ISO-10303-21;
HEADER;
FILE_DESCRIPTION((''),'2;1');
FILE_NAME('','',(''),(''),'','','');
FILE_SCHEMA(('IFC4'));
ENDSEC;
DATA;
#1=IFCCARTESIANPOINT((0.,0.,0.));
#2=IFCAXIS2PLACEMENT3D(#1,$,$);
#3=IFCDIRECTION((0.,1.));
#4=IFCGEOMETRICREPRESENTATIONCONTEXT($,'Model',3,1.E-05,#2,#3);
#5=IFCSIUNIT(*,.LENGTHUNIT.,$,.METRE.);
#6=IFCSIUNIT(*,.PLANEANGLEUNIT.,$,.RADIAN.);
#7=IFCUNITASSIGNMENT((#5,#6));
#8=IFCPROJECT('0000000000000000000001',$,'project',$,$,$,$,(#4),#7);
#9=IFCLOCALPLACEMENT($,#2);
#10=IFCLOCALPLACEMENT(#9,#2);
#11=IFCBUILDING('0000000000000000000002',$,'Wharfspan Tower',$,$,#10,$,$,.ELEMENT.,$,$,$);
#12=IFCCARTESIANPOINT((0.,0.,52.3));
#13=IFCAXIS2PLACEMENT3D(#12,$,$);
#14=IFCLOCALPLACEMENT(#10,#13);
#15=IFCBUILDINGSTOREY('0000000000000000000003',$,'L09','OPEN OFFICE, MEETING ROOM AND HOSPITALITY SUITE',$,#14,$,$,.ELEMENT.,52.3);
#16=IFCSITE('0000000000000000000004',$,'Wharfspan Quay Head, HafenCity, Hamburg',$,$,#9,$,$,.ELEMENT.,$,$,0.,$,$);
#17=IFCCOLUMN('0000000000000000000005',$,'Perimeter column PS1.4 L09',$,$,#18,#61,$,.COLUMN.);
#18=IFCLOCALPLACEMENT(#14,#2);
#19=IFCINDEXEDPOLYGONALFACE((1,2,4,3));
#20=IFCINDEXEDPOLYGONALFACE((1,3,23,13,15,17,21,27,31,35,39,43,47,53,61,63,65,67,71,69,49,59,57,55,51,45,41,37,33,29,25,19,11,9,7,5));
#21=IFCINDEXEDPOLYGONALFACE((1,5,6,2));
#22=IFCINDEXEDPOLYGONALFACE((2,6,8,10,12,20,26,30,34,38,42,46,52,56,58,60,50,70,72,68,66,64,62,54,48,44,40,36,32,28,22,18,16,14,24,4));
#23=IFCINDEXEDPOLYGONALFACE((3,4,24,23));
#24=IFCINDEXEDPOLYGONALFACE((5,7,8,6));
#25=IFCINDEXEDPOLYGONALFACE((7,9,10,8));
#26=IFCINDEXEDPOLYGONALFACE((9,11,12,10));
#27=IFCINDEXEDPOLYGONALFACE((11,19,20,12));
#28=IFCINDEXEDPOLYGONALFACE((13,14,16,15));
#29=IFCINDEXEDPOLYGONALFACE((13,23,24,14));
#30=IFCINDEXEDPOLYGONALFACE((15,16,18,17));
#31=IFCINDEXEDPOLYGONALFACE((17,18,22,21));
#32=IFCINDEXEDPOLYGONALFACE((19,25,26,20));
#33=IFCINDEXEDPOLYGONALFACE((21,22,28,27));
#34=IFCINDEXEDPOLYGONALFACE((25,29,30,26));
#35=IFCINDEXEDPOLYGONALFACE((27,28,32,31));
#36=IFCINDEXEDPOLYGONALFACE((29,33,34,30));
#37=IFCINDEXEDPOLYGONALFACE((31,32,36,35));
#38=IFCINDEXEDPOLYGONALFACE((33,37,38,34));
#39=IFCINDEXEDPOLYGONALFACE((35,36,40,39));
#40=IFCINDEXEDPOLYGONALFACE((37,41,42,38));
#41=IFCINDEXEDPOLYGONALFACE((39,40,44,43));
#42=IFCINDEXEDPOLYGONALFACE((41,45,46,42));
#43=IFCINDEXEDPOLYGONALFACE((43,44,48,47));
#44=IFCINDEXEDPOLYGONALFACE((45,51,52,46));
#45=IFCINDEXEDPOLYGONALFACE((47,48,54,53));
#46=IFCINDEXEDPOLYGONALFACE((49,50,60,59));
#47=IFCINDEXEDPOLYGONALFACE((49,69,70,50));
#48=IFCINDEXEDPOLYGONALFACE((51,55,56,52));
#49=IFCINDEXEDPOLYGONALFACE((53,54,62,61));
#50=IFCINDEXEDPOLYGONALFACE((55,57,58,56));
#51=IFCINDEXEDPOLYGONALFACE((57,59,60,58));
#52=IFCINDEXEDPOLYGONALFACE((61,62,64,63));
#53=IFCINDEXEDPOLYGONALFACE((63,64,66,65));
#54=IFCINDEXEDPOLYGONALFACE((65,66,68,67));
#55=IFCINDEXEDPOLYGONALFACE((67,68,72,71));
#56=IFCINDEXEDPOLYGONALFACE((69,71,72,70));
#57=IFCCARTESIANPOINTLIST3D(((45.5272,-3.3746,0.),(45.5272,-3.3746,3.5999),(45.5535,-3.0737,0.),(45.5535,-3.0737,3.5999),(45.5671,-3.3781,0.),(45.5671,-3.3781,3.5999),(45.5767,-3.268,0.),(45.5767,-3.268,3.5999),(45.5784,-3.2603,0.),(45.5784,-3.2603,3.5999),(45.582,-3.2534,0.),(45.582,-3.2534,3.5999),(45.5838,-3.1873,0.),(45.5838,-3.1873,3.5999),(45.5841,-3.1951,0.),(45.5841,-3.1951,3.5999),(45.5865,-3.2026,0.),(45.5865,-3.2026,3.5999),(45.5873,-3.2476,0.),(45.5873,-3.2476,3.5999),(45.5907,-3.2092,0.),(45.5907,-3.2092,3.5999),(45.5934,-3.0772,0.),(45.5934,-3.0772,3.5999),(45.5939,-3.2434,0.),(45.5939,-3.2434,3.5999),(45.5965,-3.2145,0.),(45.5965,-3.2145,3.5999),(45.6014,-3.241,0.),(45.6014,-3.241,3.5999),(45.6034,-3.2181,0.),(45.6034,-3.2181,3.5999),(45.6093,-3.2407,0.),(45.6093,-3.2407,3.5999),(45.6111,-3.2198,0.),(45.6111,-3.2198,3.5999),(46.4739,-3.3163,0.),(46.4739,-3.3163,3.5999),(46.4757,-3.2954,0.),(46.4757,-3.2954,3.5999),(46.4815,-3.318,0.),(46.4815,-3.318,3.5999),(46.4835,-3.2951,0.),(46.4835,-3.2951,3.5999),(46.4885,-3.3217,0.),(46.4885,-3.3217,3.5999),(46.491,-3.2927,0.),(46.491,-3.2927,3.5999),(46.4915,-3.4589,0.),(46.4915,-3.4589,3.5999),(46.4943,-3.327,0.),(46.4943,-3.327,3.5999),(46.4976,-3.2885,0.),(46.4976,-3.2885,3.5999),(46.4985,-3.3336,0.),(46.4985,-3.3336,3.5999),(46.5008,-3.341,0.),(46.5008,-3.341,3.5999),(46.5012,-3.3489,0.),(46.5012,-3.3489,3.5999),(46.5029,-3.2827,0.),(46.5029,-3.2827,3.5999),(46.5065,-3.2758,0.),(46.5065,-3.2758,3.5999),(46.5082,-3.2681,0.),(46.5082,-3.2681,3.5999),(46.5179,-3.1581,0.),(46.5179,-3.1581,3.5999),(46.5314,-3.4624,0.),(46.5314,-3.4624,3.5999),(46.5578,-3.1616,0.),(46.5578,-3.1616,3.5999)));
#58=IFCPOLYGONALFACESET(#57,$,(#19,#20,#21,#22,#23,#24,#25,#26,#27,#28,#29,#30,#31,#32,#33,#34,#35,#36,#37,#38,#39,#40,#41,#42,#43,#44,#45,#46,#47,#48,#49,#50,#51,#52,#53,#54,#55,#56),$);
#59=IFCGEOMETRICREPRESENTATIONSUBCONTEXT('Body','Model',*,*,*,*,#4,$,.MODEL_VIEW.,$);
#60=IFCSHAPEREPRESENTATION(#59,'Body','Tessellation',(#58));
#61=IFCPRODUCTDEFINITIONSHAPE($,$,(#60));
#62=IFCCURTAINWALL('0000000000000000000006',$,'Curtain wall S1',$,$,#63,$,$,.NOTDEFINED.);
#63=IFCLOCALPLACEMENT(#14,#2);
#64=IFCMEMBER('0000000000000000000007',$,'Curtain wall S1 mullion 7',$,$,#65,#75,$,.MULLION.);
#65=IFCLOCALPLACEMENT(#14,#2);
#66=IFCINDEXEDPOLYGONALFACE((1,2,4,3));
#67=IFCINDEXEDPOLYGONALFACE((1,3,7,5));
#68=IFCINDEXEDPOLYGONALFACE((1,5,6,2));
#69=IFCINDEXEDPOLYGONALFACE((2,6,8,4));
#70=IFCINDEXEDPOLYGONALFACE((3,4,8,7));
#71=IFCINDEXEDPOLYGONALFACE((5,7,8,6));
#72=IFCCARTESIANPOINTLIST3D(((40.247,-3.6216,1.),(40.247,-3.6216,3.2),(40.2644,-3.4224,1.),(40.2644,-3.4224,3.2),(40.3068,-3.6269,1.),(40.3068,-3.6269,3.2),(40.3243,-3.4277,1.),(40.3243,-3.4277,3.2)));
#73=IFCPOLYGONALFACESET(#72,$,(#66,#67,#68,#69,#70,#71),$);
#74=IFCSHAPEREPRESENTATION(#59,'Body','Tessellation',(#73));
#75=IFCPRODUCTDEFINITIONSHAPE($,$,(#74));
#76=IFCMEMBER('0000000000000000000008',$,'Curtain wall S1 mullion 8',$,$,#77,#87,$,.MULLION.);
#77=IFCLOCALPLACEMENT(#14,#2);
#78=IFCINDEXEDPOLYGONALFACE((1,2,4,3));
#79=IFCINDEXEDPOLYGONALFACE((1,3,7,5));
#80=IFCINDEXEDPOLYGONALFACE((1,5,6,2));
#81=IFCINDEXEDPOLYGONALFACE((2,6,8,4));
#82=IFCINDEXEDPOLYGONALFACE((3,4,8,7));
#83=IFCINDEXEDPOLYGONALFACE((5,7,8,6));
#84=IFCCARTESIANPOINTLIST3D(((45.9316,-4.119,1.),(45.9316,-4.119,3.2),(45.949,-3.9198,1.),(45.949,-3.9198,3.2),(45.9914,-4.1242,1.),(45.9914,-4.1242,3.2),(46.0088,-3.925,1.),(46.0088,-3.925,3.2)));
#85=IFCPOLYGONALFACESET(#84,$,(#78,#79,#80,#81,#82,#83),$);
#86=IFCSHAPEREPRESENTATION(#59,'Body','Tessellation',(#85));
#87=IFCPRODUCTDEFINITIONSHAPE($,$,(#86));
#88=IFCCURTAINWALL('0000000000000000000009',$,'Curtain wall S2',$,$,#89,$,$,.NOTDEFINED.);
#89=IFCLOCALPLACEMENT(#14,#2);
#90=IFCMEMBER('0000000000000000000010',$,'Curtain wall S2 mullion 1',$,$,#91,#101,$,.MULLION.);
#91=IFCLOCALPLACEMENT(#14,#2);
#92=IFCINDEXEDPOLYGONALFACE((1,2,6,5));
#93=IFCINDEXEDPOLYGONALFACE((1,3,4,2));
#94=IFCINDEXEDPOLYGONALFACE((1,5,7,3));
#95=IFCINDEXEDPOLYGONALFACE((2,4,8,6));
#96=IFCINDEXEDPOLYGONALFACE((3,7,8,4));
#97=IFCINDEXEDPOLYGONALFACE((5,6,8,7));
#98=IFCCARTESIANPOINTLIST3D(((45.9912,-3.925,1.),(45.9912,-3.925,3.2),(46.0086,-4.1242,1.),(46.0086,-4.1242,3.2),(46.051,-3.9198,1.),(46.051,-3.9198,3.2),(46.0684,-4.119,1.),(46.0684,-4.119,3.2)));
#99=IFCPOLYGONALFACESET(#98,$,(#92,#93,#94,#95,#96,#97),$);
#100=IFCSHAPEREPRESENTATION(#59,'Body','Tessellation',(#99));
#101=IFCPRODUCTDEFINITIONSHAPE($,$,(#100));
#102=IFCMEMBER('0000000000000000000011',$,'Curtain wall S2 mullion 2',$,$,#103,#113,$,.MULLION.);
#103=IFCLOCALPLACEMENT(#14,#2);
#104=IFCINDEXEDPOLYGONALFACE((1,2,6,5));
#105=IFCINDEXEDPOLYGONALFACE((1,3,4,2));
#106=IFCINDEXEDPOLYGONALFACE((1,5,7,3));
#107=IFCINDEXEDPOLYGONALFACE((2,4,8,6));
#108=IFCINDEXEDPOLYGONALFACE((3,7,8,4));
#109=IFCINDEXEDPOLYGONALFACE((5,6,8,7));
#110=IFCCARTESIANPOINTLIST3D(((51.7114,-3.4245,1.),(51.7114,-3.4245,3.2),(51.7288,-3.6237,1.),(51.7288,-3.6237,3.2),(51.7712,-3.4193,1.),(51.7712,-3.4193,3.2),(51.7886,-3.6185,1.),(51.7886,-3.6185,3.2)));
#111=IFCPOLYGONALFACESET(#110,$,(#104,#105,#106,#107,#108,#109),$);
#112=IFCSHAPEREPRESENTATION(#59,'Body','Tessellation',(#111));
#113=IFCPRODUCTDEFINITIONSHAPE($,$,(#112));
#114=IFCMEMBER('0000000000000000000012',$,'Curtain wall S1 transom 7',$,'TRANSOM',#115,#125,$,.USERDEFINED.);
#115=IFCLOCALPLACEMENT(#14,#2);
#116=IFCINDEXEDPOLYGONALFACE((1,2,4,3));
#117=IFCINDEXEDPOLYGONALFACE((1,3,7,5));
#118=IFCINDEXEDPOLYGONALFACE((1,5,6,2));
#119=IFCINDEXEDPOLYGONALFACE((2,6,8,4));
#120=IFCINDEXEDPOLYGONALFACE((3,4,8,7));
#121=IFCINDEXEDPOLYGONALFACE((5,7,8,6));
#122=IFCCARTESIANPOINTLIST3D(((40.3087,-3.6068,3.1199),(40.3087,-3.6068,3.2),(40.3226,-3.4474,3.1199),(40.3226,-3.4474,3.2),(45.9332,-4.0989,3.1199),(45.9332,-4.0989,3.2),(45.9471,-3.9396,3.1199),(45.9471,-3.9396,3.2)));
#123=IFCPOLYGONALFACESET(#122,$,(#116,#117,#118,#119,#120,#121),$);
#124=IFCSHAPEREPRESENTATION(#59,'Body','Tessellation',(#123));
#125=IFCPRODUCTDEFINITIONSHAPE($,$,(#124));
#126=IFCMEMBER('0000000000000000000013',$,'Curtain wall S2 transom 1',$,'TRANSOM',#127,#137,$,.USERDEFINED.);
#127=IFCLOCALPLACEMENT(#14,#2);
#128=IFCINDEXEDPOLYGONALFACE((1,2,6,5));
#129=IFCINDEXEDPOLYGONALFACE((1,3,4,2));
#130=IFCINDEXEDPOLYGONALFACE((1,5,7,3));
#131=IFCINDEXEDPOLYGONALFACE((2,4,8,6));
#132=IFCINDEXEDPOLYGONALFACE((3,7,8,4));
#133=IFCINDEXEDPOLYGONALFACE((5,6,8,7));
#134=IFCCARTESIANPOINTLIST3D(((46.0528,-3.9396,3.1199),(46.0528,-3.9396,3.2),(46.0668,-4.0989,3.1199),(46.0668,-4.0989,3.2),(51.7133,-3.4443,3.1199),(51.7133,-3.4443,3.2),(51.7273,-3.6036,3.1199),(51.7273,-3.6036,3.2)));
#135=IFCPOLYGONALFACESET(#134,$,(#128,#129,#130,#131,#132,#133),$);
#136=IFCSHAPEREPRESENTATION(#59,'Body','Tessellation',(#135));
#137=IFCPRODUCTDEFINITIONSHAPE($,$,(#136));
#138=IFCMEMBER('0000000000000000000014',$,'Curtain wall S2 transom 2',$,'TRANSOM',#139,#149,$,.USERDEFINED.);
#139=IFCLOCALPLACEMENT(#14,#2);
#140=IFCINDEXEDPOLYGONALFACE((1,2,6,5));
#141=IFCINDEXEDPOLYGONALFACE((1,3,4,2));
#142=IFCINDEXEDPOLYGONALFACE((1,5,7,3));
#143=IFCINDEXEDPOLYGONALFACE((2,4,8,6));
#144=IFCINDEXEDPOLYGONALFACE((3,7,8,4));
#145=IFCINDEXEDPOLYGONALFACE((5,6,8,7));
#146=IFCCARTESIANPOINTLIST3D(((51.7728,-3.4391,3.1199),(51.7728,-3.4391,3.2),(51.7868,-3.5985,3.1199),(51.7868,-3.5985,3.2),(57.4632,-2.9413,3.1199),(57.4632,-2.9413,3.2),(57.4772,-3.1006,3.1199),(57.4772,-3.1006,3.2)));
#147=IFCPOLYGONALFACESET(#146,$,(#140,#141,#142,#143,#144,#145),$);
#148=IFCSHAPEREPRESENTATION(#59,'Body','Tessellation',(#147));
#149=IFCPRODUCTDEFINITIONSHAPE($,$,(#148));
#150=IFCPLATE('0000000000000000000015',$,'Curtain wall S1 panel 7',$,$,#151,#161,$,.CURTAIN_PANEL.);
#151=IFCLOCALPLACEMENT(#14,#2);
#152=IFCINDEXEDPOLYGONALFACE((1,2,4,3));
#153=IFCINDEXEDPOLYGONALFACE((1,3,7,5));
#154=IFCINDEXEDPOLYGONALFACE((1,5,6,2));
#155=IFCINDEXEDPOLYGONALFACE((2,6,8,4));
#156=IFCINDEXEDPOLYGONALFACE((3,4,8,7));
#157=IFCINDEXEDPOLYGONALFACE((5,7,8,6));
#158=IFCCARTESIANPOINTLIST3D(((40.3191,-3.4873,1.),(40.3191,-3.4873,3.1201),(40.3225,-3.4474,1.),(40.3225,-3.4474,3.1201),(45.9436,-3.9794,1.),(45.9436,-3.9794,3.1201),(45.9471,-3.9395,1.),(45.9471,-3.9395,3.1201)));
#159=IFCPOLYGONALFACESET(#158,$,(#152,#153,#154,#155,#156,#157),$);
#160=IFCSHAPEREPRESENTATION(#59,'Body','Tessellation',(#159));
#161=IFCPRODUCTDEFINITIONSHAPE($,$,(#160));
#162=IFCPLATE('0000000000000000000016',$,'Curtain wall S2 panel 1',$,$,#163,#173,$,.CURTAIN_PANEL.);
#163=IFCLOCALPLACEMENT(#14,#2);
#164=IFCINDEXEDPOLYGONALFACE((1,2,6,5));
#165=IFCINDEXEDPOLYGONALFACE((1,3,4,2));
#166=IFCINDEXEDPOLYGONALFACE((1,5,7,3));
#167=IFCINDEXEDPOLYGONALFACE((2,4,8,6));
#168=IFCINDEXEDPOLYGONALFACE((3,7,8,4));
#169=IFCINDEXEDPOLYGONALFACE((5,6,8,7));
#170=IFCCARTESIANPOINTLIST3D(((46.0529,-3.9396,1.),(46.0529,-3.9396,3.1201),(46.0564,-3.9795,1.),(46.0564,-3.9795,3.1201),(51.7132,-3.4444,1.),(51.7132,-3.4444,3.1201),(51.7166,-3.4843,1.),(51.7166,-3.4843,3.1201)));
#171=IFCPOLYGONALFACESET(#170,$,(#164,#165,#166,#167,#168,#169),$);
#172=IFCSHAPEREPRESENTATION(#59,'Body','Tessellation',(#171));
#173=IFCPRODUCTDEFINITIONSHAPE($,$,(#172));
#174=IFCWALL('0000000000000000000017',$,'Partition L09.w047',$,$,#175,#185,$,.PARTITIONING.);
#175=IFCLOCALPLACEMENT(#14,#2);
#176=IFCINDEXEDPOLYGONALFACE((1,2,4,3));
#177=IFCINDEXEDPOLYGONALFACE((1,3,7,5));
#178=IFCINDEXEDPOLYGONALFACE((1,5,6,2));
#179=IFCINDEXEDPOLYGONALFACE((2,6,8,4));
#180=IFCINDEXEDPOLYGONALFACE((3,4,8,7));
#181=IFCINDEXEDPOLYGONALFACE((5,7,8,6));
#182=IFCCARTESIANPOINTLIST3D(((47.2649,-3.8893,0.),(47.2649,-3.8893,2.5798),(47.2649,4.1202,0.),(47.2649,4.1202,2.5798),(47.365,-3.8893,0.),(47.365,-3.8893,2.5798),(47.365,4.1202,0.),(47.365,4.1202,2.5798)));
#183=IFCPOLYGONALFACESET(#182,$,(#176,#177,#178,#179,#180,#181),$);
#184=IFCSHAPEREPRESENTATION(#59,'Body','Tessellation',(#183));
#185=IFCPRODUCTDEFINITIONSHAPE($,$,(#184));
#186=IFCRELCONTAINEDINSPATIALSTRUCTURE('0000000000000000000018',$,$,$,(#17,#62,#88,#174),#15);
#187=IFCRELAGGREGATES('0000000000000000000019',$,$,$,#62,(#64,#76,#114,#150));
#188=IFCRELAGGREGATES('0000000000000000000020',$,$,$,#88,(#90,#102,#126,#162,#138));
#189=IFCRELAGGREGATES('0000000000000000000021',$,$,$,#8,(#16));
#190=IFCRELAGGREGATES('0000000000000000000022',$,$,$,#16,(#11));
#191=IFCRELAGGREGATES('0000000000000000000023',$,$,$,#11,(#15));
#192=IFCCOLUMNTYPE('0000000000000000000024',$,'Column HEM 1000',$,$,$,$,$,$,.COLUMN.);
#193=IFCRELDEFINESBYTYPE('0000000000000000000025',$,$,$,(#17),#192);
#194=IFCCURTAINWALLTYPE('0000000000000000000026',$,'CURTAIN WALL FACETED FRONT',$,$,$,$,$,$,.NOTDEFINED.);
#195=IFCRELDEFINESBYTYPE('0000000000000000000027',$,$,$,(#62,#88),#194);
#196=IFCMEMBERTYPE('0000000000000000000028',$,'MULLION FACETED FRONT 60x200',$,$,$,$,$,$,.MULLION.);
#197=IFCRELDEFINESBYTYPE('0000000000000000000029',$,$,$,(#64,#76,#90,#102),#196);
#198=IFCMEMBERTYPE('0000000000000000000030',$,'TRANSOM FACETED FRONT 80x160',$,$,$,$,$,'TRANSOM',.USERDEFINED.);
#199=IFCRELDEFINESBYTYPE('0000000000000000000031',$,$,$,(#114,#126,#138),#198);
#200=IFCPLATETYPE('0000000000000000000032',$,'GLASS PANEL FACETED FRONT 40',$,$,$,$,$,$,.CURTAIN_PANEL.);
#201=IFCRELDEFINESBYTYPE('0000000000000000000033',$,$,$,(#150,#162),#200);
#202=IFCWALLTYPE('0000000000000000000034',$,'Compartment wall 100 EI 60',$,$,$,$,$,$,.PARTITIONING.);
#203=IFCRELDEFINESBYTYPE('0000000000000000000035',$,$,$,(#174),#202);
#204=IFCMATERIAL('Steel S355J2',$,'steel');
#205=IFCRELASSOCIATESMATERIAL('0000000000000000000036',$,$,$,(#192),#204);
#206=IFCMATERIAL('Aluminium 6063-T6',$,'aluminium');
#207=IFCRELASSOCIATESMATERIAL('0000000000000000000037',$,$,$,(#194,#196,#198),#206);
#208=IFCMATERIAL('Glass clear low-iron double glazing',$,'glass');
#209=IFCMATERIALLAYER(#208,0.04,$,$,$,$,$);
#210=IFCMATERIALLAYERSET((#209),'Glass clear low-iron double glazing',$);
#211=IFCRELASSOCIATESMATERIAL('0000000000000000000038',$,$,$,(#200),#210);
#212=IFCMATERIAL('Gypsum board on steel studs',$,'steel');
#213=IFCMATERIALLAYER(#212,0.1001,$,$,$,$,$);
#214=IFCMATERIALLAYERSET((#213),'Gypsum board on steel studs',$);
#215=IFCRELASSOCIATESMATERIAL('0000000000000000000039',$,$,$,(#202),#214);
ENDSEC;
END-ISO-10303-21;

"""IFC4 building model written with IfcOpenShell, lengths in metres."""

from ifc_helpers import new_model, si_unit, direction, frame, frame_2d, origin, origin_2d, place, context, subcontext, project, spatial, rectangle, i_section, extrude, material, layer, layer_set, material_profile, profile_set, type_object, element, aggregate, save


model = new_model("IFC4")

# Units and contexts
model_context = context("Model", 3, precision=1e-05, world=origin(), true_north=direction((0.0, 1.0)))
body_context = subcontext(model_context, "Body", "Model", "MODEL_VIEW")
ifc_project = project(units=[si_unit("LENGTHUNIT", "METRE"), si_unit("PLANEANGLEUNIT", "RADIAN")], contexts=[model_context])

# Site, building, storey
site_placement = place(None, origin())
site = spatial("IfcSite", under=ifc_project, at=site_placement, Name="Wharfspan Quay Head, HafenCity, Hamburg", CompositionType="ELEMENT", RefElevation=0.0)
building_placement = place(site_placement, origin())
building = spatial("IfcBuilding", under=site, at=building_placement, Name="Wharfspan Tower", CompositionType="ELEMENT")
storey_placement = place(building_placement, frame((0.0, 0.0, 52.3)))
storey = spatial("IfcBuildingStorey", under=building, at=storey_placement, Name="L09", Description="OPEN OFFICE, MEETING ROOM AND HOSPITALITY SUITE", CompositionType="ELEMENT", Elevation=52.3)

# Column
ifc_material_1 = material(Name="Steel S355J2", Category="steel")
ifc_material_profile_1 = material_profile(ifc_material_1, i_section(OverallWidth=0.302, OverallDepth=1.0081, WebThickness=0.021, FlangeThickness=0.04, FilletRadius=0.03, at=origin_2d()))
ifc_profile_set_1 = profile_set([ifc_material_profile_1], Name="Steel S355J2")
column_type = type_object("IfcColumnType", Name="Column HEM 1000", PredefinedType="COLUMN", material=ifc_profile_set_1)
column_placement = place(storey_placement, frame((46.0425, -3.2681, 0.0), z_axis=(0.0, 0.0, 1.0), x_axis=(-0.087156, -0.996198, 0.0)))
element("IfcColumn", 1, at=column_placement, inside=storey, type_object=column_type, Name="Perimeter column PS1.4 L09", PredefinedType="COLUMN", context=body_context, shape_type="SweptSolid", body=[
    extrude(i_section(OverallWidth=0.302, OverallDepth=1.0081, WebThickness=0.021, FlangeThickness=0.04, FilletRadius=0.03, at=origin_2d()), origin(), (0.0, 0.0, 1.0), 3.5999),
])

# Curtain walls, members
ifc_material_2 = material(Name="Aluminium 6063-T6", Category="aluminium")
curtain_wall_type = type_object("IfcCurtainWallType", Name="CURTAIN WALL FACETED FRONT", PredefinedType="NOTDEFINED", material=ifc_material_2)
curtain_wall_1_placement = place(storey_placement, origin())
curtain_wall_1 = element("IfcCurtainWall", 2, at=curtain_wall_1_placement, inside=storey, type_object=curtain_wall_type, Name="Curtain wall S1", PredefinedType="NOTDEFINED")
ifc_material_profile_2 = material_profile(ifc_material_2, rectangle(XDim=0.2, YDim=0.0601, at=origin_2d()))
ifc_profile_set_2 = profile_set([ifc_material_profile_2], Name="Aluminium 6063-T6")
member_type_1 = type_object("IfcMemberType", Name="MULLION FACETED FRONT 60x200", PredefinedType="MULLION", material=ifc_profile_set_2)
member_1_placement = place(storey_placement, frame((40.2856, -3.5247, 1.0), z_axis=(0.0, 0.0, 1.0), x_axis=(0.087156, 0.996197, 0.0)))
member_1 = element("IfcMember", 3, at=member_1_placement, type_object=member_type_1, Name="Curtain wall S1 mullion 7", PredefinedType="MULLION", context=body_context, shape_type="SweptSolid", body=[
    extrude(rectangle(XDim=0.2, YDim=0.0601, at=origin_2d()), origin(), (0.0, 0.0, 1.0), 2.2),
])
member_2_placement = place(storey_placement, frame((45.9702, -4.022, 1.0), z_axis=(0.0, 0.0, 1.0), x_axis=(0.087156, 0.996197, 0.0)))
member_2 = element("IfcMember", 4, at=member_2_placement, type_object=member_type_1, Name="Curtain wall S1 mullion 8", PredefinedType="MULLION", context=body_context, shape_type="SweptSolid", body=[
    extrude(rectangle(XDim=0.2, YDim=0.0601, at=origin_2d()), origin(), (0.0, 0.0, 1.0), 2.2),
])
curtain_wall_2_placement = place(storey_placement, origin())
curtain_wall_2 = element("IfcCurtainWall", 5, at=curtain_wall_2_placement, inside=storey, type_object=curtain_wall_type, Name="Curtain wall S2", PredefinedType="NOTDEFINED")
member_3_placement = place(storey_placement, frame((46.0298, -4.022, 1.0), z_axis=(0.0, 0.0, 1.0), x_axis=(-0.087156, 0.996197, 0.0)))
member_3 = element("IfcMember", 6, at=member_3_placement, type_object=member_type_1, Name="Curtain wall S2 mullion 1", PredefinedType="MULLION", context=body_context, shape_type="SweptSolid", body=[
    extrude(rectangle(XDim=0.2, YDim=0.0601, at=origin_2d()), origin(), (0.0, 0.0, 1.0), 2.2),
])
member_4_placement = place(storey_placement, frame((51.75, -3.5215, 1.0), z_axis=(0.0, 0.0, 1.0), x_axis=(-0.087156, 0.996197, 0.0)))
member_4 = element("IfcMember", 7, at=member_4_placement, type_object=member_type_1, Name="Curtain wall S2 mullion 2", PredefinedType="MULLION", context=body_context, shape_type="SweptSolid", body=[
    extrude(rectangle(XDim=0.2, YDim=0.0601, at=origin_2d()), origin(), (0.0, 0.0, 1.0), 2.2),
])

# Members
ifc_material_profile_3 = material_profile(ifc_material_2, rectangle(XDim=0.1599, YDim=0.0801, at=origin_2d()))
ifc_profile_set_3 = profile_set([ifc_material_profile_3], Name="Aluminium 6063-T6")
member_type_2 = type_object("IfcMemberType", Name="TRANSOM FACETED FRONT 80x160", ElementType="TRANSOM", PredefinedType="USERDEFINED", material=ifc_profile_set_3)
member_5_placement = place(storey_placement, frame((40.3157, -3.5271, 3.1599), z_axis=(0.996193, -0.087174, 0.0), x_axis=(0.087174, 0.996193, 0.0)))
member_5 = element("IfcMember", 8, at=member_5_placement, type_object=member_type_2, Name="Curtain wall S1 transom 7", ObjectType="TRANSOM", PredefinedType="USERDEFINED", context=body_context, shape_type="SweptSolid", body=[
    extrude(rectangle(XDim=0.1599, YDim=0.0801, at=origin_2d()), origin(), (0.0, 0.0, 1.0), 5.646),
])
member_6_placement = place(storey_placement, frame((46.0598, -4.0193, 3.1599), z_axis=(0.996193, 0.08718, 0.0), x_axis=(-0.08718, 0.996193, 0.0)))
member_6 = element("IfcMember", 9, at=member_6_placement, type_object=member_type_2, Name="Curtain wall S2 transom 1", ObjectType="TRANSOM", PredefinedType="USERDEFINED", context=body_context, shape_type="SweptSolid", body=[
    extrude(rectangle(XDim=0.1599, YDim=0.0801, at=origin_2d()), origin(), (0.0, 0.0, 1.0), 5.6821),
])
member_7_placement = place(storey_placement, frame((51.7798, -3.5188, 3.1599), z_axis=(0.996195, 0.087148, 0.0), x_axis=(-0.087148, 0.996195, 0.0)))
member_7 = element("IfcMember", 10, at=member_7_placement, type_object=member_type_2, Name="Curtain wall S2 transom 2", ObjectType="TRANSOM", PredefinedType="USERDEFINED", context=body_context, shape_type="SweptSolid", body=[
    extrude(rectangle(XDim=0.1599, YDim=0.0801, at=origin_2d()), origin(), (0.0, 0.0, 1.0), 5.7122),
])

# Plates
ifc_material_3 = material(Name="Glass clear low-iron double glazing", Category="glass")
ifc_layer_1 = layer(ifc_material_3, 0.04)
ifc_layer_set_1 = layer_set([ifc_layer_1], Name="Glass clear low-iron double glazing")
plate_type = type_object("IfcPlateType", Name="GLASS PANEL FACETED FRONT 40", PredefinedType="CURTAIN_PANEL", material=ifc_layer_set_1)
plate_1_placement = place(storey_placement, frame((43.1331, -3.7134, 1.0), z_axis=(0.0, 0.0, 1.0), x_axis=(0.996197, -0.087156, 0.0)))
plate_1 = element("IfcPlate", 11, at=plate_1_placement, type_object=plate_type, Name="Curtain wall S1 panel 7", PredefinedType="CURTAIN_PANEL", context=body_context, shape_type="SweptSolid", body=[
    extrude(rectangle(XDim=5.646, YDim=0.04, at=origin_2d()), origin(), (0.0, 0.0, 1.0), 2.1201),
])
aggregate(curtain_wall_1, [member_1, member_2, member_5, plate_1])
plate_2_placement = place(storey_placement, frame((48.8848, -3.7119, 1.0), z_axis=(0.0, 0.0, 1.0), x_axis=(0.996197, 0.087156, 0.0)))
plate_2 = element("IfcPlate", 12, at=plate_2_placement, type_object=plate_type, Name="Curtain wall S2 panel 1", PredefinedType="CURTAIN_PANEL", context=body_context, shape_type="SweptSolid", body=[
    extrude(rectangle(XDim=5.6819, YDim=0.04, at=origin_2d()), origin(), (0.0, 0.0, 1.0), 2.1201),
])
aggregate(curtain_wall_2, [member_3, member_4, member_6, plate_2, member_7])

# Wall
ifc_material_4 = material(Name="Gypsum board on steel studs", Category="steel")
ifc_layer_2 = layer(ifc_material_4, 0.1001)
ifc_layer_set_2 = layer_set([ifc_layer_2], Name="Gypsum board on steel studs")
wall_type_1 = type_object("IfcWallType", Name="Compartment wall 100 EI 60", PredefinedType="PARTITIONING", material=ifc_layer_set_2)
wall_1_placement = place(storey_placement, frame((47.3149, -3.8894, 0.0), z_axis=(0.0, 0.0, 1.0), x_axis=(0.0, 1.0, 0.0)))
element("IfcWall", 13, at=wall_1_placement, inside=storey, type_object=wall_type_1, Name="Partition L09.w047", PredefinedType="PARTITIONING", context=body_context, shape_type="SweptSolid", body=[
    extrude(rectangle(XDim=8.0095, YDim=0.1001, at=frame_2d((4.0049, 0.0))), origin(), (0.0, 0.0, 1.0), 2.5798),
])

save(model, "model.ifc")
